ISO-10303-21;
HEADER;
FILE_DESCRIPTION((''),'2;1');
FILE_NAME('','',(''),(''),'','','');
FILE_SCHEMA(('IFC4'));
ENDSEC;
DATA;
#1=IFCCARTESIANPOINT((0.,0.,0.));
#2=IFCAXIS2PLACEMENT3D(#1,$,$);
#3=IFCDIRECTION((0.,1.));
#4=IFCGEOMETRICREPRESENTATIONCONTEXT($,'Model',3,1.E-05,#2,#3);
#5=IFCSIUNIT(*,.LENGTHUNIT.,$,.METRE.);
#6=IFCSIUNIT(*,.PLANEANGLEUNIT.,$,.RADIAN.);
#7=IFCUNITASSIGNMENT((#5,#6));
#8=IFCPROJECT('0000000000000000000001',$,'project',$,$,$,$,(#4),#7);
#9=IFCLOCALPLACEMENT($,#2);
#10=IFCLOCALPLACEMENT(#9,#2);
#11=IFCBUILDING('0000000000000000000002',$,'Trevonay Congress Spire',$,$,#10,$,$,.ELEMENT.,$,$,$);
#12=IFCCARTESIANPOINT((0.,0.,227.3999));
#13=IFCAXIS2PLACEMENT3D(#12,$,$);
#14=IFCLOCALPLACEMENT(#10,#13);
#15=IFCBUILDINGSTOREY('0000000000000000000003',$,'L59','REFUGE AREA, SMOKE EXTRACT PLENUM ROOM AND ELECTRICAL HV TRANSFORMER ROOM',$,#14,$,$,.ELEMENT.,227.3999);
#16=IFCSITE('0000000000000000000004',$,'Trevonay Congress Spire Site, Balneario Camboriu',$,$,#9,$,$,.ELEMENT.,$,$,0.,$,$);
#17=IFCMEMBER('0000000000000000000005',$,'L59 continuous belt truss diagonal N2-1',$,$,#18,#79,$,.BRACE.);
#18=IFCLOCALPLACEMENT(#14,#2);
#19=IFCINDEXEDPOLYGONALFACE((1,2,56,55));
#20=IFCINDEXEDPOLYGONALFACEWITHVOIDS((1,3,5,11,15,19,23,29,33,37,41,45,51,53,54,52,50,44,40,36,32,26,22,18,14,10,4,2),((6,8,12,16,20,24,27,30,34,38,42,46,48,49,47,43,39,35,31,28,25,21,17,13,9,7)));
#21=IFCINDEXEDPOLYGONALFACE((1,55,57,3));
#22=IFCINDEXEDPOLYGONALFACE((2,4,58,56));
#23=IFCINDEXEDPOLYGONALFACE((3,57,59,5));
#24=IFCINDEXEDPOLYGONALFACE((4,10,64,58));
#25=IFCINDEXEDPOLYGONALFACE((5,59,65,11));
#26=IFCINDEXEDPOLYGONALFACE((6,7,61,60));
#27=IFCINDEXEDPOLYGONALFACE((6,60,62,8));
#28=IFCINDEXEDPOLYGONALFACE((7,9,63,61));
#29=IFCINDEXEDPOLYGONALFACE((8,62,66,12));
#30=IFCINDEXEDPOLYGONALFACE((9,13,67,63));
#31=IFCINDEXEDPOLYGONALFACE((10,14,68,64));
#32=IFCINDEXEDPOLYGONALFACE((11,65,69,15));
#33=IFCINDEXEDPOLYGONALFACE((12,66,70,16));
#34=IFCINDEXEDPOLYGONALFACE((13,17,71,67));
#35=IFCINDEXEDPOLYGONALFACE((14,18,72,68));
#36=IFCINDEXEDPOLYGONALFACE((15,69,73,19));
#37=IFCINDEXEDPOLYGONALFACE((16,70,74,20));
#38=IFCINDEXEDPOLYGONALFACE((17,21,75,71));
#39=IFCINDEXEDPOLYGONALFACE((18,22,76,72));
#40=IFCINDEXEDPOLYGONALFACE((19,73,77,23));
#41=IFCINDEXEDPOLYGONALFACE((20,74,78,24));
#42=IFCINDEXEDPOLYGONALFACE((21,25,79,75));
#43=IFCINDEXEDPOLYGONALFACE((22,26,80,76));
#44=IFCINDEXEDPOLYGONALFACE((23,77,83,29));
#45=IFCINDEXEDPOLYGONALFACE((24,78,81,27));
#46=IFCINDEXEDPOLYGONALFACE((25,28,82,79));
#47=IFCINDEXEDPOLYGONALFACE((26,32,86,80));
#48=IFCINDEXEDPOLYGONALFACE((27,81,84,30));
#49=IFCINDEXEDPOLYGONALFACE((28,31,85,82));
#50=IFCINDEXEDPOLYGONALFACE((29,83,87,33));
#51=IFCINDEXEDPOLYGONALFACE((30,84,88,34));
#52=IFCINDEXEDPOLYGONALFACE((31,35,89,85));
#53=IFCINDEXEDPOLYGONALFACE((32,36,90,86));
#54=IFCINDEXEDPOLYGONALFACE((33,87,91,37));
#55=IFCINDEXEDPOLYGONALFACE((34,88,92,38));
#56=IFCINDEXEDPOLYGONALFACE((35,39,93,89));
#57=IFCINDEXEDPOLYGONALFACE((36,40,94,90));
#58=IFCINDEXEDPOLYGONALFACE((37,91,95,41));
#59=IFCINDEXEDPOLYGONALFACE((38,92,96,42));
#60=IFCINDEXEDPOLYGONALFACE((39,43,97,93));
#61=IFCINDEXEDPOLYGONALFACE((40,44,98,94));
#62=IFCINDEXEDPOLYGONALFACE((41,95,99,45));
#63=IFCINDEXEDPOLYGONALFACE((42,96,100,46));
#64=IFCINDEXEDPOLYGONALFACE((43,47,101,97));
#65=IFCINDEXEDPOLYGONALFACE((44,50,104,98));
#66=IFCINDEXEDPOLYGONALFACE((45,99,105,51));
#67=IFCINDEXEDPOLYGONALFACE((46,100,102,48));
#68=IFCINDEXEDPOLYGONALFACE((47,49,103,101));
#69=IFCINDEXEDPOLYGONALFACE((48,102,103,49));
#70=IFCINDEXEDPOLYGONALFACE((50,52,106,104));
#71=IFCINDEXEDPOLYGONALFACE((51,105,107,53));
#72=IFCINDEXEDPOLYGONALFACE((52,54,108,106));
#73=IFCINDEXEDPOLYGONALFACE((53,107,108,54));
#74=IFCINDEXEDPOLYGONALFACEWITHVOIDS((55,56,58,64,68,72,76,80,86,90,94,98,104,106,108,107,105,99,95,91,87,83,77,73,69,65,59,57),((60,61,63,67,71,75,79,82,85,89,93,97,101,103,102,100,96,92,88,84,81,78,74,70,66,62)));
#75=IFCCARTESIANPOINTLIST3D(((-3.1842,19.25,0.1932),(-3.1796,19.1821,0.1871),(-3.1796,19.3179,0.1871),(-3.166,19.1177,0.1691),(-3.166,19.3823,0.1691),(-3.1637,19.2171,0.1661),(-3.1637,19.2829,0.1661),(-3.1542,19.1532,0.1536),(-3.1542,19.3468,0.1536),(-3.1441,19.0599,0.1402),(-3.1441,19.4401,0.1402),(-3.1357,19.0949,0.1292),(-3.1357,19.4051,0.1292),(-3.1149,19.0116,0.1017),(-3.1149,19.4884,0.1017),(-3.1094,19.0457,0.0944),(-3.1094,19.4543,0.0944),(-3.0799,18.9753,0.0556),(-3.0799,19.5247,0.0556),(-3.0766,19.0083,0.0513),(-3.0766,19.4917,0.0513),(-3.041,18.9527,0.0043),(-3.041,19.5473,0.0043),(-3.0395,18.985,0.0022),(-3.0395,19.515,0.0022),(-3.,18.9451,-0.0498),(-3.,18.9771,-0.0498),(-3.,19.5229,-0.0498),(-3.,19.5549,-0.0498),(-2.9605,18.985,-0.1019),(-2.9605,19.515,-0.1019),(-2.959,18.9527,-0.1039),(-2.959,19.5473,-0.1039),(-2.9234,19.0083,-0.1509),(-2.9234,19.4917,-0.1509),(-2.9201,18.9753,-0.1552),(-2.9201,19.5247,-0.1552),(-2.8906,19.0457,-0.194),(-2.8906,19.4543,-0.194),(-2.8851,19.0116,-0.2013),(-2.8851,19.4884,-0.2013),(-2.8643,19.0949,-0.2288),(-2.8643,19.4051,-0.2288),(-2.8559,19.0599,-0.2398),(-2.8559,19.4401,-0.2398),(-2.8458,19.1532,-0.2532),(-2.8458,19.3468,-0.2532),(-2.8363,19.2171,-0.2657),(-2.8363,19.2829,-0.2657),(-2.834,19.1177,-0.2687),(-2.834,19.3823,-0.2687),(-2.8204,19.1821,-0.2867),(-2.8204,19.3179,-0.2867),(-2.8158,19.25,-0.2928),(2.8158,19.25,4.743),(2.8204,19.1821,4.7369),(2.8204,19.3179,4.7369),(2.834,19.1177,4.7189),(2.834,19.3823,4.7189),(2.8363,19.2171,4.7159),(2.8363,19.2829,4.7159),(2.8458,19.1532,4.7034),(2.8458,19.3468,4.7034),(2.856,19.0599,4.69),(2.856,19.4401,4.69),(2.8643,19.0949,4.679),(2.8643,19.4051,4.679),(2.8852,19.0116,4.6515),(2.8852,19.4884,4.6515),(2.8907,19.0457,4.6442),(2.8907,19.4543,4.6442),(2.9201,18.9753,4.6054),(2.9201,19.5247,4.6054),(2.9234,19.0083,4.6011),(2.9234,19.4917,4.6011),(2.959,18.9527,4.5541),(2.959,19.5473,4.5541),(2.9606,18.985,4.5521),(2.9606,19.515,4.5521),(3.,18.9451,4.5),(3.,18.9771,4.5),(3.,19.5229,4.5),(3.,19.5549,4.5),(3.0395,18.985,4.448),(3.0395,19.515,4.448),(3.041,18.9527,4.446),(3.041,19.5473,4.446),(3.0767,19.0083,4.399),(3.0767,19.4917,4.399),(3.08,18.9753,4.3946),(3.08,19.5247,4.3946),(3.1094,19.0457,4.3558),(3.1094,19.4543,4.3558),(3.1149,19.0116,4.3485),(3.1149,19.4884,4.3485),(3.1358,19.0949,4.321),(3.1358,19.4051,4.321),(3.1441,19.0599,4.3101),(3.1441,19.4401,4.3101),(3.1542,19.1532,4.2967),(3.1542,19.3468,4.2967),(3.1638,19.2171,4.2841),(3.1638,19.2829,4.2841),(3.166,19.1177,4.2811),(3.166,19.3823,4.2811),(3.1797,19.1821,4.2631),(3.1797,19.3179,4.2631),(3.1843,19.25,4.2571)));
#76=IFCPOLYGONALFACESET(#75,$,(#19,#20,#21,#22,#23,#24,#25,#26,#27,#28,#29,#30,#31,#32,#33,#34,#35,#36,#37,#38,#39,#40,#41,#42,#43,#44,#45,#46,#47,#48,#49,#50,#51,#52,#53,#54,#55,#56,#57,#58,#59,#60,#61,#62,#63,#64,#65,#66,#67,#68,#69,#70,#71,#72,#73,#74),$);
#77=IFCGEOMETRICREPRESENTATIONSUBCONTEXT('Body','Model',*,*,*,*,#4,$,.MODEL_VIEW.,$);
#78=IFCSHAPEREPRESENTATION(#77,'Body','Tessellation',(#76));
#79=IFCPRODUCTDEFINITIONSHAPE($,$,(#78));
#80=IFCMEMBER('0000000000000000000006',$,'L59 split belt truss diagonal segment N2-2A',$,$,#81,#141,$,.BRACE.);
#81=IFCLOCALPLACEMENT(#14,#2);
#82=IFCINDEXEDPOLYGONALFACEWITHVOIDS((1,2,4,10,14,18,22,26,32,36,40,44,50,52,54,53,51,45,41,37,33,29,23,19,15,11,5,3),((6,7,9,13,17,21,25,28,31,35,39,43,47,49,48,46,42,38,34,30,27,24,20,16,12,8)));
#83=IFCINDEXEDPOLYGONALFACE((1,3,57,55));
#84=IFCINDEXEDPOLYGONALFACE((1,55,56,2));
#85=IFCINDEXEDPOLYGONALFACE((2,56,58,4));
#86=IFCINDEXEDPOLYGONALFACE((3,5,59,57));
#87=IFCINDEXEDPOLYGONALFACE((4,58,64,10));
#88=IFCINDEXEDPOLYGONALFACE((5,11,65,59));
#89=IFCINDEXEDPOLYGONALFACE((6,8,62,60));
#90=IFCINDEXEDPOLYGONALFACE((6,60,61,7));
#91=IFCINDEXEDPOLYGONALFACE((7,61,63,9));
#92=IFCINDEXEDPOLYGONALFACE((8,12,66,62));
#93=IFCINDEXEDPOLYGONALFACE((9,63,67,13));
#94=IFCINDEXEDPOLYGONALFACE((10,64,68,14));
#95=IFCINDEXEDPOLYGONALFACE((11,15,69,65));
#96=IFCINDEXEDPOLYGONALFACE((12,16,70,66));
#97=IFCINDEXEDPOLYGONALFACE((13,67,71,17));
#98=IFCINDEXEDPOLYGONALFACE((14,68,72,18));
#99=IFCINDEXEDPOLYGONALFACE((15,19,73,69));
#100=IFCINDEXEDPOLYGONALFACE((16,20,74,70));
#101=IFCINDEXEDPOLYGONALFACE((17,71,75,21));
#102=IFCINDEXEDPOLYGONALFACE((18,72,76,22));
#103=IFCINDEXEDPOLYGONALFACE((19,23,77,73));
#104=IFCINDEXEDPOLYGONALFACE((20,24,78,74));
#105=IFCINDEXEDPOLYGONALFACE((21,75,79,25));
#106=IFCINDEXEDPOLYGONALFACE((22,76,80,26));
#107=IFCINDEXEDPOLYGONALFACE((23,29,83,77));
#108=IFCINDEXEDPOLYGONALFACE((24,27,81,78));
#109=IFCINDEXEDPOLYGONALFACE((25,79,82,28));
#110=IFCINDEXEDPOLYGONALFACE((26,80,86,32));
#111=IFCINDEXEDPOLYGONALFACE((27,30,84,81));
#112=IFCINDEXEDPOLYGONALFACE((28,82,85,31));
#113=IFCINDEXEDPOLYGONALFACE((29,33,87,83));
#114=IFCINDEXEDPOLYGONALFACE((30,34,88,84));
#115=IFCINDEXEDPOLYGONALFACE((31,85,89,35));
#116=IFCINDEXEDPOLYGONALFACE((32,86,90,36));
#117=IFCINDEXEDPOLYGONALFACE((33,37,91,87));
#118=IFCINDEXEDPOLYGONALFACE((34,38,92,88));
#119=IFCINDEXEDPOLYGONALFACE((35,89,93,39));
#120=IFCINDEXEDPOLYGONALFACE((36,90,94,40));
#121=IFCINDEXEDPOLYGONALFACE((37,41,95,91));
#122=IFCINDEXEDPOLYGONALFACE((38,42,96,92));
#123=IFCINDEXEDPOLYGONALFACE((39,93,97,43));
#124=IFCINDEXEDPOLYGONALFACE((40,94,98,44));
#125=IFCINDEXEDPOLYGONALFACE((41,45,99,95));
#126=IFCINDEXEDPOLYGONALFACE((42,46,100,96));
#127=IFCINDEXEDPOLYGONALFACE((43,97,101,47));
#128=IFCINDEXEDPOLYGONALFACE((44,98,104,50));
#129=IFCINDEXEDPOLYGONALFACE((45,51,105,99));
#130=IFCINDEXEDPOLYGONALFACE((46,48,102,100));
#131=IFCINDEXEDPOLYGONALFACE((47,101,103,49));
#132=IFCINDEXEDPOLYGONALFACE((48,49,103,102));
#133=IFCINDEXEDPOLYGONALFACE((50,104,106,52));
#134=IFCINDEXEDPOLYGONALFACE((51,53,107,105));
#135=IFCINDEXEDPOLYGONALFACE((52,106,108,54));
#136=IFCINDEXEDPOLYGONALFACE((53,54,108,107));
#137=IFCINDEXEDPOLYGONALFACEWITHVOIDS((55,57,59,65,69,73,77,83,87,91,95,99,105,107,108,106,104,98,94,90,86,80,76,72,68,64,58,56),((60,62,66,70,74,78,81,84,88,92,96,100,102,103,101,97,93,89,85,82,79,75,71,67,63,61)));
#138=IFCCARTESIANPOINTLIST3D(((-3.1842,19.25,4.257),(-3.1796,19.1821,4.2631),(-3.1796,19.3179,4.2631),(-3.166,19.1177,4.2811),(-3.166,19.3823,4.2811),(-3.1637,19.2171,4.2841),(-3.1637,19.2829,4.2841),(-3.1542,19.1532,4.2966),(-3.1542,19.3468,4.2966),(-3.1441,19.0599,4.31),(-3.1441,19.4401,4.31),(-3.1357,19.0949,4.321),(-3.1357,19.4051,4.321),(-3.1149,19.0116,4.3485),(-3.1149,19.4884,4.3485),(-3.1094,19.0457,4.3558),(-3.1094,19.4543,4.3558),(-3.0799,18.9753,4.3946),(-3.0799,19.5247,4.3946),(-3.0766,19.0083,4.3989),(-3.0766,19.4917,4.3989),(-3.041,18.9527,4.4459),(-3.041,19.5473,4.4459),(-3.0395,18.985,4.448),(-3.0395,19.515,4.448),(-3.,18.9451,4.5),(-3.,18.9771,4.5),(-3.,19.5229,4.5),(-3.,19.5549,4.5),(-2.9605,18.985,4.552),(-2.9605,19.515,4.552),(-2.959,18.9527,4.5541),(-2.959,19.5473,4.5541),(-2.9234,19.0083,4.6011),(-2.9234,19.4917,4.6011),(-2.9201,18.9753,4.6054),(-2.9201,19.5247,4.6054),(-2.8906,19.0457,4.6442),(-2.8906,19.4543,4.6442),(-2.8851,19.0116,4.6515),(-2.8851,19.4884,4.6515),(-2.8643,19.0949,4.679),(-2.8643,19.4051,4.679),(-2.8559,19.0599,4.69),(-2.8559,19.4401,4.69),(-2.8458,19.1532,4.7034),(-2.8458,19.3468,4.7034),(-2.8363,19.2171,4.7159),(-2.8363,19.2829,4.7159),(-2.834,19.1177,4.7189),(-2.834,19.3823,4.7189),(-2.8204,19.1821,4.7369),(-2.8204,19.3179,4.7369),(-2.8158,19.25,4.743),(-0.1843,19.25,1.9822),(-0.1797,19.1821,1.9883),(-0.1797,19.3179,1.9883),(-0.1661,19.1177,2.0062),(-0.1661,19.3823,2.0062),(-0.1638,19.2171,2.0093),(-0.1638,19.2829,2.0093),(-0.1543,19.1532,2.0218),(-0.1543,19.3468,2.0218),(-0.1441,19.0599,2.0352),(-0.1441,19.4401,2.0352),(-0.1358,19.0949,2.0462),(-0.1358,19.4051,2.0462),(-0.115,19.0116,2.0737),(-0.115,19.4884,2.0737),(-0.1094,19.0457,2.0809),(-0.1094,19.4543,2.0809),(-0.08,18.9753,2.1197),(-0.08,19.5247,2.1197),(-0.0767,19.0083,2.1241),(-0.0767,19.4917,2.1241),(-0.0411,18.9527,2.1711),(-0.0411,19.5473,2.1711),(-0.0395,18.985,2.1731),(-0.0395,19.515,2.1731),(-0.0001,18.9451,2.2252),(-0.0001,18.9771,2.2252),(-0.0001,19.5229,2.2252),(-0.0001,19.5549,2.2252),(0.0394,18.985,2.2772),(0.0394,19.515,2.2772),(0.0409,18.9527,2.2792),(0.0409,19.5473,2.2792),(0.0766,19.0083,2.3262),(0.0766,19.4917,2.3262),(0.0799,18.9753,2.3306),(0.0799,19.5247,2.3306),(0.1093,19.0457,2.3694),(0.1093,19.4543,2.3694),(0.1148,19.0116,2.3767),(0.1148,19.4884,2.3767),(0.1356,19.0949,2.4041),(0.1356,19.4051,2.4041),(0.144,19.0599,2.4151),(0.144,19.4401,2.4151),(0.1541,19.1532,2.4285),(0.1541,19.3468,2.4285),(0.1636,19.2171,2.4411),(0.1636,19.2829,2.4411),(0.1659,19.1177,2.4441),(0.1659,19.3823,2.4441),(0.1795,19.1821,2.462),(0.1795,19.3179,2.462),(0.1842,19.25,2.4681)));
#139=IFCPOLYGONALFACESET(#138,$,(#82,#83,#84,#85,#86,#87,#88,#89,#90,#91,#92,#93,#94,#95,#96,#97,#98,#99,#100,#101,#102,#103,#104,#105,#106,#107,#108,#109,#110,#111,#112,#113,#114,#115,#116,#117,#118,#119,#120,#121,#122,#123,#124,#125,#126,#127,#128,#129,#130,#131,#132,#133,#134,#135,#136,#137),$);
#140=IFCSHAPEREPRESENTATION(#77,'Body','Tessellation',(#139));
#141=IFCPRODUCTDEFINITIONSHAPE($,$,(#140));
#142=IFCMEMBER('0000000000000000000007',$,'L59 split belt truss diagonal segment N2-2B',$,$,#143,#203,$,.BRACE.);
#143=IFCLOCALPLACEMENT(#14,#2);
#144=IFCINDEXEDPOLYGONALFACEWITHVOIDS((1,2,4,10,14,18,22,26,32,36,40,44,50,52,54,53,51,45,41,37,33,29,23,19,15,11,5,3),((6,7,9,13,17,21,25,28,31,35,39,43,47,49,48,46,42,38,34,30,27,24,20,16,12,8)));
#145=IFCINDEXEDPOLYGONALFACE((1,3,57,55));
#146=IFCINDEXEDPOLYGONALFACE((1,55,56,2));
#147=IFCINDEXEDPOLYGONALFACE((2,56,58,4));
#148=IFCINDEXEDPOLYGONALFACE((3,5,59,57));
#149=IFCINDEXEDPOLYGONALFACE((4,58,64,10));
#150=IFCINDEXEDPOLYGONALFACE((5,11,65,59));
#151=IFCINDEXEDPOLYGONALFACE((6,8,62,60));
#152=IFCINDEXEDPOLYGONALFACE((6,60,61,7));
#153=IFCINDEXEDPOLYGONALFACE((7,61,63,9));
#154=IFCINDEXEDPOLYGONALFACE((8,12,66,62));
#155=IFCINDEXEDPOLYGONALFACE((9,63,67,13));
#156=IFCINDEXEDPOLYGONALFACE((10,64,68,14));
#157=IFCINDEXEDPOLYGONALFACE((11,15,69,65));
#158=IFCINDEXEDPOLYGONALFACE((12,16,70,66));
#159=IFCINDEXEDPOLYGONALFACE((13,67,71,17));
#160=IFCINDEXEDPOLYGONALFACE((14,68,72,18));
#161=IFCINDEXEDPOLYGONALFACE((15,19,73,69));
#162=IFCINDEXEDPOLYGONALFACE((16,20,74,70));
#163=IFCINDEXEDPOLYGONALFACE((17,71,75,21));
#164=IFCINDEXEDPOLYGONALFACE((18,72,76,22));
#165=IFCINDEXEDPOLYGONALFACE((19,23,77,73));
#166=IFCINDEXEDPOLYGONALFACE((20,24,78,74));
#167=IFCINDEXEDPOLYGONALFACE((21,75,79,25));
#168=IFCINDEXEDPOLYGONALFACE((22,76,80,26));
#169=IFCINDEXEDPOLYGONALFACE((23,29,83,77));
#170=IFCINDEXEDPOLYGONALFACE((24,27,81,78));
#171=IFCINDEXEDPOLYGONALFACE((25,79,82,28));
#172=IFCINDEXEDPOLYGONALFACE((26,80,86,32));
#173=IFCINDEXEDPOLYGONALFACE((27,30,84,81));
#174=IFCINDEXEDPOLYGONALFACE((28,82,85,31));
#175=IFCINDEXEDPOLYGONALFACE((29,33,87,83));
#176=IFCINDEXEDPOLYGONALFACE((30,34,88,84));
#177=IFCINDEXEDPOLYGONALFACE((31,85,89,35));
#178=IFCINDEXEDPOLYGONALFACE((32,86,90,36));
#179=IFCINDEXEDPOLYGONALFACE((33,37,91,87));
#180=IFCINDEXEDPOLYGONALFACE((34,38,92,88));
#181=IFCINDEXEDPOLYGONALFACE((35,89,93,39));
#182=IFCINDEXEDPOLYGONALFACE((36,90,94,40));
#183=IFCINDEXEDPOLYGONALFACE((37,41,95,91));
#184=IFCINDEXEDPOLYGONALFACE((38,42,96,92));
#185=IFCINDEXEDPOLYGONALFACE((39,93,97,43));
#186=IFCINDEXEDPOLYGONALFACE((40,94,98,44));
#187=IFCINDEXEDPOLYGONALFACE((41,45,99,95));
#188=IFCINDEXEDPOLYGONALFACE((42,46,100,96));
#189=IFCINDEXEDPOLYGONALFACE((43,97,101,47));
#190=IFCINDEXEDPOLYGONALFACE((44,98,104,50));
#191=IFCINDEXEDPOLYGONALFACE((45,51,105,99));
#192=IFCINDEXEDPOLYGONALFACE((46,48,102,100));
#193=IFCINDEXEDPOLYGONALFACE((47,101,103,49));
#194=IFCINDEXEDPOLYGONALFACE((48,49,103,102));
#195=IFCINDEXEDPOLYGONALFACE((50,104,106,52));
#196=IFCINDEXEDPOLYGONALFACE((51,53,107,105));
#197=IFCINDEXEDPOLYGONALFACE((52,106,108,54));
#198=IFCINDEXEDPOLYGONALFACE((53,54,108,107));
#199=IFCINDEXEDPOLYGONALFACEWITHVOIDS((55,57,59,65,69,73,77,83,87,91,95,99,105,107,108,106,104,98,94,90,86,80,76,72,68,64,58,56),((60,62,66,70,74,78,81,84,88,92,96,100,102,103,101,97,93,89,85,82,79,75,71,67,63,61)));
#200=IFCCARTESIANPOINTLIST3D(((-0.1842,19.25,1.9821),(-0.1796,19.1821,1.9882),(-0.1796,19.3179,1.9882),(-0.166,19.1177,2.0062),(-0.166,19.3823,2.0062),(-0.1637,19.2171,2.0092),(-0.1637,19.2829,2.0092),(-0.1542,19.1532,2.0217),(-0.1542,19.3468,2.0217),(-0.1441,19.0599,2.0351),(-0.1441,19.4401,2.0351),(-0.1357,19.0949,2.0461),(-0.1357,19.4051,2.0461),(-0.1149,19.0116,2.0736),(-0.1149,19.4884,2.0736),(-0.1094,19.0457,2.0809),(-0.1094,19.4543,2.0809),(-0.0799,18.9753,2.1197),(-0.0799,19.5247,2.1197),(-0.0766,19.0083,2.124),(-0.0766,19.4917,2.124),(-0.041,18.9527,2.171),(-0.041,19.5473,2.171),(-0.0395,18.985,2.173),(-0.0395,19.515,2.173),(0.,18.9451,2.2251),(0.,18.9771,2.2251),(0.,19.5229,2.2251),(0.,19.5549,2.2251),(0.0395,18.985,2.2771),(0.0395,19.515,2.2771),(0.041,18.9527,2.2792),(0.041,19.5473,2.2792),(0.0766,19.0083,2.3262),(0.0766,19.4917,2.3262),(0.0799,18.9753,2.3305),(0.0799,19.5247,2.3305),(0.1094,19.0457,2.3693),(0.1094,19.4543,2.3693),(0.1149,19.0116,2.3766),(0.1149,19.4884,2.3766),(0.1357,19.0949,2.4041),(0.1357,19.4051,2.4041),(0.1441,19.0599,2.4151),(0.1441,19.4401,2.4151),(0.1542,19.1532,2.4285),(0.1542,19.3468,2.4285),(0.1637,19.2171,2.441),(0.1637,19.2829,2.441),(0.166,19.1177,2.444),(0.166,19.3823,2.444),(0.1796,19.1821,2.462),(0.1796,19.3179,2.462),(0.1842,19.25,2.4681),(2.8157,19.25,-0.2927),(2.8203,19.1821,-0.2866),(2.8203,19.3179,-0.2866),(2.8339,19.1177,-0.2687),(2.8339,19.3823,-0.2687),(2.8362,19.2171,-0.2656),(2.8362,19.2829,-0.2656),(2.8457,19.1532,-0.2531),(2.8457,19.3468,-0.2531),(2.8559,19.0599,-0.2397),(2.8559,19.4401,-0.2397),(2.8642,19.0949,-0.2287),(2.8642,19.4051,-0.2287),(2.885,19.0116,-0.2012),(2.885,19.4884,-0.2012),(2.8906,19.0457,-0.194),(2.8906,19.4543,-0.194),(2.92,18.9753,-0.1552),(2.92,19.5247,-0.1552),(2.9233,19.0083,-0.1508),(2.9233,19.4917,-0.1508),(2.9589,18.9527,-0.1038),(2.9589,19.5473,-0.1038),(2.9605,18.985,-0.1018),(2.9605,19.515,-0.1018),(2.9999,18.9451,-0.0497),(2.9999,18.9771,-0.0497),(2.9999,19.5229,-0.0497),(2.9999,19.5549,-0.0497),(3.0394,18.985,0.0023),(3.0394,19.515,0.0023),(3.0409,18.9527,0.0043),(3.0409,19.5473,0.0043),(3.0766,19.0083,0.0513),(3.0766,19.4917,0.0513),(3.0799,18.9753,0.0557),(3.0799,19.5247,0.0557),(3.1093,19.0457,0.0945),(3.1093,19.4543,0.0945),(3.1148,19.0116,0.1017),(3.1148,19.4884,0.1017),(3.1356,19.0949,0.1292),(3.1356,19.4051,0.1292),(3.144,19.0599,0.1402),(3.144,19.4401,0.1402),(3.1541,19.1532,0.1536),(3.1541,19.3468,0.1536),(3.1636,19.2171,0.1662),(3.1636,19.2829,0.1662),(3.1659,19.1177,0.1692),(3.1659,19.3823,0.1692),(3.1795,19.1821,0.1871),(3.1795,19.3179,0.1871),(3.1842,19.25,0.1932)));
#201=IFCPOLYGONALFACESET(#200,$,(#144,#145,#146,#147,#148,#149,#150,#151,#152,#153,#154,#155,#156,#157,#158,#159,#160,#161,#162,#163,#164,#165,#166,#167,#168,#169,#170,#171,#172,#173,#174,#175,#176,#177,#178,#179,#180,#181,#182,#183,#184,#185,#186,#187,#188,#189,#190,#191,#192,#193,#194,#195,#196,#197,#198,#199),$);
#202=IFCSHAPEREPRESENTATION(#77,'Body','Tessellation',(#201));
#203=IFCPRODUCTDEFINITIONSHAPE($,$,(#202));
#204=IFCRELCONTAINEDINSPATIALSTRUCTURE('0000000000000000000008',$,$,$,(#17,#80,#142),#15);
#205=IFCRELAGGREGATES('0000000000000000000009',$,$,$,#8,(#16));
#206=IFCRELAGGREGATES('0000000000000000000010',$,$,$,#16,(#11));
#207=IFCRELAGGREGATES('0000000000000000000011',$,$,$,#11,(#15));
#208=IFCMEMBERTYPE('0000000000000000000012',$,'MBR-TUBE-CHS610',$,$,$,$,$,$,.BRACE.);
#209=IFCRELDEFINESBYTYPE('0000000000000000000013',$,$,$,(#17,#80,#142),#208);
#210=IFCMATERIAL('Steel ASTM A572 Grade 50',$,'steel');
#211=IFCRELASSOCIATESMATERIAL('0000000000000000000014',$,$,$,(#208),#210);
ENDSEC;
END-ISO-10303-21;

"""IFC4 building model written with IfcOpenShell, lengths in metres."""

from ifc_helpers import new_model, si_unit, direction, frame, origin, origin_2d, place, context, subcontext, project, spatial, hollow_circle, extrude, material, material_profile, profile_set, type_object, element, save


model = new_model("IFC4")

# Units and contexts
model_context = context("Model", 3, precision=1e-05, world=origin(), true_north=direction((0.0, 1.0)))
body_context = subcontext(model_context, "Body", "Model", "MODEL_VIEW")
ifc_project = project(units=[si_unit("LENGTHUNIT", "METRE"), si_unit("PLANEANGLEUNIT", "RADIAN")], contexts=[model_context])

# Site, building, storey
site_placement = place(None, origin())
site = spatial("IfcSite", under=ifc_project, at=site_placement, Name="Trevonay Congress Spire Site, Balneario Camboriu", CompositionType="ELEMENT", RefElevation=0.0)
building_placement = place(site_placement, origin())
building = spatial("IfcBuilding", under=site, at=building_placement, Name="Trevonay Congress Spire", CompositionType="ELEMENT")
storey_placement = place(building_placement, frame((0.0, 0.0, 227.3999)))
storey = spatial("IfcBuildingStorey", under=building, at=storey_placement, Name="L59", Description="REFUGE AREA, SMOKE EXTRACT PLENUM ROOM AND ELECTRICAL HV TRANSFORMER ROOM", CompositionType="ELEMENT", Elevation=227.3999)

# Shared definitions
ifc_material_1 = material(Name="Steel ASTM A572 Grade 50", Category="steel")

# Members
ifc_material_profile_1 = material_profile(ifc_material_1, hollow_circle(Radius=0.3049, WallThickness=0.032, at=origin_2d()), Name="CHS 610x32")
ifc_profile_set_1 = profile_set([ifc_material_profile_1], Name="Steel ASTM A572 Grade 50")
member_type_1 = type_object("IfcMemberType", Name="MBR-TUBE-CHS610", PredefinedType="BRACE", material=ifc_profile_set_1)
member_1_placement = place(storey_placement, frame((-3.0, 19.25, -0.0498), z_axis=(0.796814, 0.0, 0.604225), x_axis=(0.0, 1.0, 0.0)))
element("IfcMember", 1, at=member_1_placement, inside=storey, type_object=member_type_1, Name="L59 continuous belt truss diagonal N2-1", PredefinedType="BRACE", context=body_context, shape_type="SweptSolid", body=[
    extrude(hollow_circle(Radius=0.3049, WallThickness=0.032, at=origin_2d()), origin(), (0.0, 0.0, 1.0), 7.53),
])
for number, where, z_axis, x_axis, name in (
    (2, (-3.0, 19.25, 4.5), (0.796814, 0.0, -0.604225), (0.0, 1.0, 0.0), "L59 split belt truss diagonal segment N2-2A"),
    (3, (0.0, 19.25, 2.2251), (0.796814, 0.0, -0.604225), (0.0, 1.0, 0.0), "L59 split belt truss diagonal segment N2-2B"),
):
    element("IfcMember", number, at=place(storey_placement, frame(where, z_axis=z_axis, x_axis=x_axis)), inside=storey, type_object=member_type_1, Name=name, PredefinedType="BRACE", context=body_context, shape_type="SweptSolid", body=[
        extrude(hollow_circle(Radius=0.3049, WallThickness=0.032, at=origin_2d()), origin(), (0.0, 0.0, 1.0), 3.7649),
    ])

save(model, "model.ifc")
